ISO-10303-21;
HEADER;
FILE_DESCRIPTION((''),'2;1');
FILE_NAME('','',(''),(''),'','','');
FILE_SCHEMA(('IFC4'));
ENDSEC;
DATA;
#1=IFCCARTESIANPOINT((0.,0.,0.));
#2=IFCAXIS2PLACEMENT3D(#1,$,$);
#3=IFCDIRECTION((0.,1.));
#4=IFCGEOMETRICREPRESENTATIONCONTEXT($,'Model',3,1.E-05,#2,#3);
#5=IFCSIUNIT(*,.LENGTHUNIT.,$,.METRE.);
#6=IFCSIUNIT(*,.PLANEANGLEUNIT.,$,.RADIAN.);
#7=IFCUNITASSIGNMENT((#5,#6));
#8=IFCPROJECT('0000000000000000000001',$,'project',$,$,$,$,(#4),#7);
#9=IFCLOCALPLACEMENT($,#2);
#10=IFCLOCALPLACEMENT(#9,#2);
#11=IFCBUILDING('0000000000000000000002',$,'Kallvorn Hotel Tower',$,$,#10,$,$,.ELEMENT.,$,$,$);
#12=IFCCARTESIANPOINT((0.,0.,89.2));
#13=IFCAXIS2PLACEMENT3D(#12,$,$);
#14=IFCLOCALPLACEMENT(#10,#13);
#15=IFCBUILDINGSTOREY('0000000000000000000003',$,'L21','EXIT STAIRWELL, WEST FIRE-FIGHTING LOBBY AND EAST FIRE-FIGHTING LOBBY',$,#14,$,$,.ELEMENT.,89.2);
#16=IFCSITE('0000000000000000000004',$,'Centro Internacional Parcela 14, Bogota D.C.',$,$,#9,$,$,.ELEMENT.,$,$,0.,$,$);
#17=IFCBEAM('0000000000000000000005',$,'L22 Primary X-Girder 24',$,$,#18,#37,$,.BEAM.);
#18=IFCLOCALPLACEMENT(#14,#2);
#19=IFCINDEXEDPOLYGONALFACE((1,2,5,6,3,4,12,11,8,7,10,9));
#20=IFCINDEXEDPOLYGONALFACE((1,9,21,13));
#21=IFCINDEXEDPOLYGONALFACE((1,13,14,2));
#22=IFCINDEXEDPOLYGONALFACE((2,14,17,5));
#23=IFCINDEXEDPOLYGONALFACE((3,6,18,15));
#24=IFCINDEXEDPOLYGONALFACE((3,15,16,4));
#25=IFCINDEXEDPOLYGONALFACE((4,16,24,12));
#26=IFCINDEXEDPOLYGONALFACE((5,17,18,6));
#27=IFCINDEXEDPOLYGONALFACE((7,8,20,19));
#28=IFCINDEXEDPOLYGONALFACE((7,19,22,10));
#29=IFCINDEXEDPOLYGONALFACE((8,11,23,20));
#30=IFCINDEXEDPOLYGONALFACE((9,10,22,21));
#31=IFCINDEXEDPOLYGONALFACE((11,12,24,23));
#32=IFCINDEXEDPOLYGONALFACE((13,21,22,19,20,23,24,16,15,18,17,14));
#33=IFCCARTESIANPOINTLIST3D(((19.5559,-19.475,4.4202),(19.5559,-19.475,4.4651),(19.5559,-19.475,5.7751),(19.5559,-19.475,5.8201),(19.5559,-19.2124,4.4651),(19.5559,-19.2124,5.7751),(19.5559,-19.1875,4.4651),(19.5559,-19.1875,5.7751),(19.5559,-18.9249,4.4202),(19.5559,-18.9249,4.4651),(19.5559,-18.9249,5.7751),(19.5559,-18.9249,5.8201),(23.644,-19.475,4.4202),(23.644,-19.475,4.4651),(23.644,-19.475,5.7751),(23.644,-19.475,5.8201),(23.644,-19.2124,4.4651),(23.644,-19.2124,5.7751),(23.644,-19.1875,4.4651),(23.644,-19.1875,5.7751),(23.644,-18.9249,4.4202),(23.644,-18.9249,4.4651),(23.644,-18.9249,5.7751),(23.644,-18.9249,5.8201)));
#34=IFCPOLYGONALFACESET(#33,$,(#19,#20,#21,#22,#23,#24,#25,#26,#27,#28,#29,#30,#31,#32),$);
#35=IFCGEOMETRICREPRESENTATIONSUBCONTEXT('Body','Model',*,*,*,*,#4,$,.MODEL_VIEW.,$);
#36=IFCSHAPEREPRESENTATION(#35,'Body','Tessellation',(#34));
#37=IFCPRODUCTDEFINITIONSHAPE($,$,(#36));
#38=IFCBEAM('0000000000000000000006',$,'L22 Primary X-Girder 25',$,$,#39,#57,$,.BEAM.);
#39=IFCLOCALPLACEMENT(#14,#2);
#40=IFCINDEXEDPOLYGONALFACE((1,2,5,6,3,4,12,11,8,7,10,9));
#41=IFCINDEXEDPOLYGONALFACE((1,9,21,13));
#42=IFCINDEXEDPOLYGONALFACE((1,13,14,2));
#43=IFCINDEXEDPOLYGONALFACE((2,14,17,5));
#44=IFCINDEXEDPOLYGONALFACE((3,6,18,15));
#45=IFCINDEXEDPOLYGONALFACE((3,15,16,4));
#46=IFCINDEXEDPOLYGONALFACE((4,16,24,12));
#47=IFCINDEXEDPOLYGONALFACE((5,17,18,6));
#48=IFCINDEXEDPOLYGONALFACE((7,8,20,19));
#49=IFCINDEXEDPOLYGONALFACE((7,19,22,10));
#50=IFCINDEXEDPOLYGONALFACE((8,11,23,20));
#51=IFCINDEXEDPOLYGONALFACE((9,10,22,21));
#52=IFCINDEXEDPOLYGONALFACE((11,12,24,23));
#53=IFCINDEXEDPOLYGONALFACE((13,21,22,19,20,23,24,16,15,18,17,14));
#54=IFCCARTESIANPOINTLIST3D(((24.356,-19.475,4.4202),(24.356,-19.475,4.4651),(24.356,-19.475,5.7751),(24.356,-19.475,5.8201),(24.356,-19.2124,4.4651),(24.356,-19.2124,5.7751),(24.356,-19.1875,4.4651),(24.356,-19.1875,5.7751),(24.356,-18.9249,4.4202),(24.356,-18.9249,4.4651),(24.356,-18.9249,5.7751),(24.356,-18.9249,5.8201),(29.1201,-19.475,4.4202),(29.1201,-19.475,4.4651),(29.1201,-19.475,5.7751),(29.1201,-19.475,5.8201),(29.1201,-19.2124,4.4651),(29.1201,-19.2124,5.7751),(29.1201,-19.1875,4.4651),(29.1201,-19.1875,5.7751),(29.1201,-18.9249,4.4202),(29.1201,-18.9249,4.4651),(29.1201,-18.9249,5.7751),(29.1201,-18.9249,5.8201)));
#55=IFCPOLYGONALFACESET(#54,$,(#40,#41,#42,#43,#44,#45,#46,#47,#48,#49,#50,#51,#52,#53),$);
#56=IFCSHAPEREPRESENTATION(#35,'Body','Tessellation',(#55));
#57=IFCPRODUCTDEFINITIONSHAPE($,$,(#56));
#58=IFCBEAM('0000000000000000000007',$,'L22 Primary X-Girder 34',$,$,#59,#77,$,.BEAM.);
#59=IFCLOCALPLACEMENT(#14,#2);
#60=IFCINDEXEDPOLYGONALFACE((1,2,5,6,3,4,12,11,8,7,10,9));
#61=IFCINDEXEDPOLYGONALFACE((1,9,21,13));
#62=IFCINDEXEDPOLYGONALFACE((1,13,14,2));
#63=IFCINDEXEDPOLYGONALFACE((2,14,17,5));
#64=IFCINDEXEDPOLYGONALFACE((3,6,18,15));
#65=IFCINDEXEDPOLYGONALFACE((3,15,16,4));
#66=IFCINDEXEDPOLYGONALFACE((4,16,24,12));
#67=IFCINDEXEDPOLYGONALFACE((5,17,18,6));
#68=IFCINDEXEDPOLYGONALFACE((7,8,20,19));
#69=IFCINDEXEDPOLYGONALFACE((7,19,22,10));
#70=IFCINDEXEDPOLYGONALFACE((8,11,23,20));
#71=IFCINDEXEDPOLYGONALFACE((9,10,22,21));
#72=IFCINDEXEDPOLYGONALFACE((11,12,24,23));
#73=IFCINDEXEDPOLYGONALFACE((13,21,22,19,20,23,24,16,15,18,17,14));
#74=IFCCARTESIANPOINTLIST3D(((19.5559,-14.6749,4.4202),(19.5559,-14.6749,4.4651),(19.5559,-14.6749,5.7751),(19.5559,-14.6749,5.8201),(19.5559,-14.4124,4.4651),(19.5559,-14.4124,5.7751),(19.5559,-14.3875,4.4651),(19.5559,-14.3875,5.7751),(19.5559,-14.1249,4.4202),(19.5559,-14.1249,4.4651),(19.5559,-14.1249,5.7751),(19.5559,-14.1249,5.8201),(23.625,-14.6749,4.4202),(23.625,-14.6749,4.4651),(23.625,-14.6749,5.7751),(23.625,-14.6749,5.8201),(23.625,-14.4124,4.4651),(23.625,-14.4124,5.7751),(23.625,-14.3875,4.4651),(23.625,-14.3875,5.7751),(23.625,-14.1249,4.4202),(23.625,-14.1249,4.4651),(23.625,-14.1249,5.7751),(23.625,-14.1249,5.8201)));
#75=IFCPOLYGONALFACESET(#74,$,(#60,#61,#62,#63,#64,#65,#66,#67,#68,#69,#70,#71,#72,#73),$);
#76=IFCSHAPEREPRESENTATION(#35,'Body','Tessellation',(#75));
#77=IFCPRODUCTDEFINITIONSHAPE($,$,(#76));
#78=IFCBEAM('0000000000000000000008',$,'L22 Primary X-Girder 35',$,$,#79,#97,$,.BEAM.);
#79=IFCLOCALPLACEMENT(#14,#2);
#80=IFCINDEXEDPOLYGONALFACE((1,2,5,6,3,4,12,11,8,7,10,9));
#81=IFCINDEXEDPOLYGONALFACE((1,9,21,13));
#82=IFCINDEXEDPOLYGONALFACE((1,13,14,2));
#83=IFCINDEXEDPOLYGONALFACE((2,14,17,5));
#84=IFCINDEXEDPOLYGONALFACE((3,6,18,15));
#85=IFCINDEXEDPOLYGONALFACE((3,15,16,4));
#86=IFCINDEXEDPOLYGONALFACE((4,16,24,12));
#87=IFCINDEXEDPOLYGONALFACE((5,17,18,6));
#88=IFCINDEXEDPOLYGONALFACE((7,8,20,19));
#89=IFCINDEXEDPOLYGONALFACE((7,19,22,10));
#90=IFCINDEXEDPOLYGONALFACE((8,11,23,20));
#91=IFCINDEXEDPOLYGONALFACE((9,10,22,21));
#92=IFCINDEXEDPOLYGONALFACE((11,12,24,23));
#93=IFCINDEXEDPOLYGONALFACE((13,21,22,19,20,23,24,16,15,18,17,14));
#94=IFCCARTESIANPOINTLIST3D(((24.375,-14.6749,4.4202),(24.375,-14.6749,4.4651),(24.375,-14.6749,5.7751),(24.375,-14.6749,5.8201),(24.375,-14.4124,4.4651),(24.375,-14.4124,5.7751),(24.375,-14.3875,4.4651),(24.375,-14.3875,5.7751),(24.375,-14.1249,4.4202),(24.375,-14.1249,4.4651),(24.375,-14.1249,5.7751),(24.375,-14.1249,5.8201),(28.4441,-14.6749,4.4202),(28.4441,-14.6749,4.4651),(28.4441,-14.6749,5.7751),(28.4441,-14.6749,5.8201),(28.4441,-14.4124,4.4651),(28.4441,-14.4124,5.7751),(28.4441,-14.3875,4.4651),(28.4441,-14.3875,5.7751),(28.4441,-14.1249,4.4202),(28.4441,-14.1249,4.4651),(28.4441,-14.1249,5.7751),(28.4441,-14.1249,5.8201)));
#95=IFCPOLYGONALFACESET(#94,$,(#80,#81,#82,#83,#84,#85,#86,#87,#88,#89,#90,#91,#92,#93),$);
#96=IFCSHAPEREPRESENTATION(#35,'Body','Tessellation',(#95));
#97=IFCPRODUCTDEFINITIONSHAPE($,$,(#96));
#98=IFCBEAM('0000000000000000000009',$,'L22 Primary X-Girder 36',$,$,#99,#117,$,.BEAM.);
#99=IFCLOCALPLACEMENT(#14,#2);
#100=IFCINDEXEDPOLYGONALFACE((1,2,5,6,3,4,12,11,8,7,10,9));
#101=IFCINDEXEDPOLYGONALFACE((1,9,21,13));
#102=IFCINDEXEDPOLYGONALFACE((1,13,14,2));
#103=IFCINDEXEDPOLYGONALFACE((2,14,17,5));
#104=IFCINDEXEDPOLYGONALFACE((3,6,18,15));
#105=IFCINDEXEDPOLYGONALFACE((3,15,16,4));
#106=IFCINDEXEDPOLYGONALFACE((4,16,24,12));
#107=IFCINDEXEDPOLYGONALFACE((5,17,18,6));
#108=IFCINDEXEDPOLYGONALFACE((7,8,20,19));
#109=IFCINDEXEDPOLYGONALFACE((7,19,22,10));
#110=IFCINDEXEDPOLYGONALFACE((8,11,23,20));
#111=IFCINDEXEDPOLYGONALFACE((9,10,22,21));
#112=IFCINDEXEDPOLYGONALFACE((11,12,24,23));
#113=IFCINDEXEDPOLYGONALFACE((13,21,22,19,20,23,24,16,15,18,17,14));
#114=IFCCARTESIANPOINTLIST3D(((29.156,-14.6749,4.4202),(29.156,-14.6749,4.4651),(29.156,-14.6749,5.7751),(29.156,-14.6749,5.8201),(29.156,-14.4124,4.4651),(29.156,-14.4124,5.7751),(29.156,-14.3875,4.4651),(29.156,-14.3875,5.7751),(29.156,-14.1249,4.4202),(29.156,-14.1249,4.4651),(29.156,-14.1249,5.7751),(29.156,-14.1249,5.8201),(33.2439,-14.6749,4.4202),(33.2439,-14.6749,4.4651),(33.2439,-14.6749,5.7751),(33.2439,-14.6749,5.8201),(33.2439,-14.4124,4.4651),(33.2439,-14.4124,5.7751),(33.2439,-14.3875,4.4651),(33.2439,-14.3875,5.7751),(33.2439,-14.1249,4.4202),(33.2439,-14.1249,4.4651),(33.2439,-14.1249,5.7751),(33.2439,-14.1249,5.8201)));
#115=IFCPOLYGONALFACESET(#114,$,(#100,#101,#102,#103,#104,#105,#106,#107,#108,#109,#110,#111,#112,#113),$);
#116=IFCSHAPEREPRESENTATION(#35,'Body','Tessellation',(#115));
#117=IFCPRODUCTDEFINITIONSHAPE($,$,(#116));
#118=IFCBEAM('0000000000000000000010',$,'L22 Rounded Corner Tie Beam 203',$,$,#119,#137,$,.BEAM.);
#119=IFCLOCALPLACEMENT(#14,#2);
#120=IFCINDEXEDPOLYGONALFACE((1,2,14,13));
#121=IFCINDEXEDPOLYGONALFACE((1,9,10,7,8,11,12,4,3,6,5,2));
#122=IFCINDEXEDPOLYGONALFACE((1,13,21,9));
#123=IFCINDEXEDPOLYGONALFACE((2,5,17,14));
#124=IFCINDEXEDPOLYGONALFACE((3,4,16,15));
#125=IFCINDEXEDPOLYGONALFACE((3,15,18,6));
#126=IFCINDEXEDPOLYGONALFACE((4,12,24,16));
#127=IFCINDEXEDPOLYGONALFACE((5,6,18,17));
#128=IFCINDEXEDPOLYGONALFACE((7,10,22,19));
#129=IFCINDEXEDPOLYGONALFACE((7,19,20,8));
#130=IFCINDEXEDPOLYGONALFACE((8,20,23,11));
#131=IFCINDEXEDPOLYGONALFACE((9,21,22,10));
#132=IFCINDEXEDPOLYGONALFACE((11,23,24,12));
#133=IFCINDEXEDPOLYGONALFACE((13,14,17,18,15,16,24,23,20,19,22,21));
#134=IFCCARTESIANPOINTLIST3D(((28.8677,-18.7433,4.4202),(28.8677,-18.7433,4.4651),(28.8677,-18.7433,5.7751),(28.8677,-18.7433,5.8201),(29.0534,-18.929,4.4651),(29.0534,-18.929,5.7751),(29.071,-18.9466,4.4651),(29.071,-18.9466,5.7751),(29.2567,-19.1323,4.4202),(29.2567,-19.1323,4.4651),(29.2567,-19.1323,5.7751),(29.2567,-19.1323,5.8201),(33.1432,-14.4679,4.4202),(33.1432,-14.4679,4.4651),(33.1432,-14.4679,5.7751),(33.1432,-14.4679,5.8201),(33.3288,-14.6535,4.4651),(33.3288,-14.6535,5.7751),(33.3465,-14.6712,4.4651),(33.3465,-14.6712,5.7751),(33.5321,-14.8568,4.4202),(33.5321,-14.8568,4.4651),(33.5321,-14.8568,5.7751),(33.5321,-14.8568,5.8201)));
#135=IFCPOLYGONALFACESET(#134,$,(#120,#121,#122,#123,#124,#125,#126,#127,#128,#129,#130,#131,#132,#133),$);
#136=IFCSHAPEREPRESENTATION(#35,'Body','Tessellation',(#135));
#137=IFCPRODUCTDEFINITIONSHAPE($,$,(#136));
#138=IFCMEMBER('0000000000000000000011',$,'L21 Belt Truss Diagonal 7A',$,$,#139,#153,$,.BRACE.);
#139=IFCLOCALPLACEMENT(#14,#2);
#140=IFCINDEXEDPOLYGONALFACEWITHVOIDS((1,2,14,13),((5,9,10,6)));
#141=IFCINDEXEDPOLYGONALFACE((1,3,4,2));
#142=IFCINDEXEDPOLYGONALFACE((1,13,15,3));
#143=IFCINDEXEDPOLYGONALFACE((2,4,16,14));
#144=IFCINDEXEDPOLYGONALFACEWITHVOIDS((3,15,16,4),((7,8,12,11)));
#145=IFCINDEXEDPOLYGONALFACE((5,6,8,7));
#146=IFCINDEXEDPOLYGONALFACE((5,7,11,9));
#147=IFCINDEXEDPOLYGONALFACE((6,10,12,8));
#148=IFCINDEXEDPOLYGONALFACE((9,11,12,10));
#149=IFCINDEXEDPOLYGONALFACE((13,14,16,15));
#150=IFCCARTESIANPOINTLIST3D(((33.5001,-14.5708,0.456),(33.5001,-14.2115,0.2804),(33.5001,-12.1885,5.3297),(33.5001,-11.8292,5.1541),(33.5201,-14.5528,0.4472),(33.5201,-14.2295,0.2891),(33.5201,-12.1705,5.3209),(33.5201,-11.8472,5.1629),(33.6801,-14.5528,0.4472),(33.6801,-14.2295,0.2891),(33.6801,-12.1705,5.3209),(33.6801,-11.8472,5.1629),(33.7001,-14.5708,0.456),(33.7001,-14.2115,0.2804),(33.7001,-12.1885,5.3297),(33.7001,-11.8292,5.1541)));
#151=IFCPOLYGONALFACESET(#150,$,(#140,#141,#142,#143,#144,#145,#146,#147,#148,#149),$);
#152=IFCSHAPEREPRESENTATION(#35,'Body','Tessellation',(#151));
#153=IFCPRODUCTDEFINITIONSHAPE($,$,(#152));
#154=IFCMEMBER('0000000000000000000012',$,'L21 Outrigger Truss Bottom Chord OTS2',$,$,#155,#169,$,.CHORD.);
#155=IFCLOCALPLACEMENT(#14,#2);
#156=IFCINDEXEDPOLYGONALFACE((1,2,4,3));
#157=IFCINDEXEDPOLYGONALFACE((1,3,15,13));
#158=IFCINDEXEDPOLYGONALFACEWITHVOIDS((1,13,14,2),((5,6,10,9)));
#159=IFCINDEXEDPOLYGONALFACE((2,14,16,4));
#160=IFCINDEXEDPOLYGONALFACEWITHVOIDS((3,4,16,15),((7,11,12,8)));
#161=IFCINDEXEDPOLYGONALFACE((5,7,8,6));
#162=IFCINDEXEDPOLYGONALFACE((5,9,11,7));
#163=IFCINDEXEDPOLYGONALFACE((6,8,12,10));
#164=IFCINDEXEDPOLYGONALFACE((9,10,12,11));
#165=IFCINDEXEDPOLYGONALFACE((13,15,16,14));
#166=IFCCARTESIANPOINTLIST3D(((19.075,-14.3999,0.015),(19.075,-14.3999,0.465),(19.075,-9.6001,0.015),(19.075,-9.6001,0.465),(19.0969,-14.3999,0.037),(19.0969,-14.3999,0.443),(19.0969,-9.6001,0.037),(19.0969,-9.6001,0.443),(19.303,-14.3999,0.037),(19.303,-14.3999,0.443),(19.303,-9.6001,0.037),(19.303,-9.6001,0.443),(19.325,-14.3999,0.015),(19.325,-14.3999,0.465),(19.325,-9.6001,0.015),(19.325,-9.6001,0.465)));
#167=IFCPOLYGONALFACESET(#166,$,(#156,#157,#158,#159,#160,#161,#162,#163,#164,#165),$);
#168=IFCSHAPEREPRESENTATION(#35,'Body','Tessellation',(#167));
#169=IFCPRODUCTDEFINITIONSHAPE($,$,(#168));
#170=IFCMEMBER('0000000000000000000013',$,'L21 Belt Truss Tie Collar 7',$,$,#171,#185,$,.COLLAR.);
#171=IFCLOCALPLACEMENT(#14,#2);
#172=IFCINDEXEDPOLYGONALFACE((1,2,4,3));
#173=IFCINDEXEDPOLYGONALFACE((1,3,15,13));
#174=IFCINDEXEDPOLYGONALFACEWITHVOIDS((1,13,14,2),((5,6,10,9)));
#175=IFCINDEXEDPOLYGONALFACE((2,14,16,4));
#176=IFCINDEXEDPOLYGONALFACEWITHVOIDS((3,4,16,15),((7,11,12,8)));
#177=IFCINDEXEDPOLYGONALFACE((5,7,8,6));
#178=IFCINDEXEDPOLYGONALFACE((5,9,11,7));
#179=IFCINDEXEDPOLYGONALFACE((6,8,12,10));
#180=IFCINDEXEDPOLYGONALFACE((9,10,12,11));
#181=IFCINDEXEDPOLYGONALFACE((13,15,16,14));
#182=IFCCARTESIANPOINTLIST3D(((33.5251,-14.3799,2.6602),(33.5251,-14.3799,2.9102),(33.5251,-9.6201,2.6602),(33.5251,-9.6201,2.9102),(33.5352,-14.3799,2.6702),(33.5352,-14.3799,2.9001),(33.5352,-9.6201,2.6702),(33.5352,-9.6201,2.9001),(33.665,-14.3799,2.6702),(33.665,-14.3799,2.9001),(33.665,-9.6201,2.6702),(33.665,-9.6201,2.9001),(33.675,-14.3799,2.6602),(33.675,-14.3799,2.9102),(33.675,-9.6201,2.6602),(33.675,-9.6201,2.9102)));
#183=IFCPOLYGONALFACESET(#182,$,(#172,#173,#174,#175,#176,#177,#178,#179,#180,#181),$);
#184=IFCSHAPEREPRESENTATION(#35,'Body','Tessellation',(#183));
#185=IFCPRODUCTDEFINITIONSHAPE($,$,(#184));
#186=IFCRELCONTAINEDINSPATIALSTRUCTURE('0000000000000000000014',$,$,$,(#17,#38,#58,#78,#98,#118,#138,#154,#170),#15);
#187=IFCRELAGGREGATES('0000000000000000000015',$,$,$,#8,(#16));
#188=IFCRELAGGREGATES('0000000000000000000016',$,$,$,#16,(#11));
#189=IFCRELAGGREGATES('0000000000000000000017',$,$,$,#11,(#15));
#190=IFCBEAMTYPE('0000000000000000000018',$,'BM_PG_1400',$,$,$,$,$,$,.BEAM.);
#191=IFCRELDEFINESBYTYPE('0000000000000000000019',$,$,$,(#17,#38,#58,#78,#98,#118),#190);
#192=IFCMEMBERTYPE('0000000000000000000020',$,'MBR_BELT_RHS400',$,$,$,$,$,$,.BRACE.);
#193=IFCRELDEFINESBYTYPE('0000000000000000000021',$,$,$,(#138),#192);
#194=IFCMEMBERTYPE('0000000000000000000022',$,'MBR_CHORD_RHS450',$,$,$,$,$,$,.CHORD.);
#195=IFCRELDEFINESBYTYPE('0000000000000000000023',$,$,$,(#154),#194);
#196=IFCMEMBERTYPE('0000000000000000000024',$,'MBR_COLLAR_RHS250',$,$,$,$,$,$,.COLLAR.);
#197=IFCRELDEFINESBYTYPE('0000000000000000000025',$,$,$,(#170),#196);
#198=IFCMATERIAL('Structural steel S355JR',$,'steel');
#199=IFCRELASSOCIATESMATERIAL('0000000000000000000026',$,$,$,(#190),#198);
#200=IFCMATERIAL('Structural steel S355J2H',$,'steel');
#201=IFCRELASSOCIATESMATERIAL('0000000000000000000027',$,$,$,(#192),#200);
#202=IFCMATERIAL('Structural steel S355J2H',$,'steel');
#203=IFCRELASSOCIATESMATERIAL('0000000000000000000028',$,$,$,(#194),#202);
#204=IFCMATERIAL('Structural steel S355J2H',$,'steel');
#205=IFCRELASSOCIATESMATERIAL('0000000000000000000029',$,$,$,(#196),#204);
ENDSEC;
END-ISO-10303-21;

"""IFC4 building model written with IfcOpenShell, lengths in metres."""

from ifc_helpers import new_model, si_unit, direction, frame, origin, origin_2d, place, context, subcontext, project, spatial, hollow_rectangle, i_section, extrude, material, material_profile, profile_set, type_object, element, save


model = new_model("IFC4")

# Units and contexts
model_context = context("Model", 3, precision=1e-05, world=origin(), true_north=direction((0.0, 1.0)))
body_context = subcontext(model_context, "Body", "Model", "MODEL_VIEW")
ifc_project = project(units=[si_unit("LENGTHUNIT", "METRE"), si_unit("PLANEANGLEUNIT", "RADIAN")], contexts=[model_context])

# Site, building, storey
site_placement = place(None, origin())
site = spatial("IfcSite", under=ifc_project, at=site_placement, Name="Centro Internacional Parcela 14, Bogota D.C.", CompositionType="ELEMENT", RefElevation=0.0)
building_placement = place(site_placement, origin())
building = spatial("IfcBuilding", under=site, at=building_placement, Name="Kallvorn Hotel Tower", CompositionType="ELEMENT")
storey_placement = place(building_placement, frame((0.0, 0.0, 89.2)))
storey = spatial("IfcBuildingStorey", under=building, at=storey_placement, Name="L21", Description="EXIT STAIRWELL, WEST FIRE-FIGHTING LOBBY AND EAST FIRE-FIGHTING LOBBY", CompositionType="ELEMENT", Elevation=89.2)

# Beams
ifc_material_1 = material(Name="Structural steel S355JR", Category="steel")
ifc_material_profile_1 = material_profile(ifc_material_1, i_section(OverallWidth=0.55, OverallDepth=1.3999, WebThickness=0.0249, FlangeThickness=0.0449, at=origin_2d()), Name="PG 1400x550x25x45")
ifc_profile_set_1 = profile_set([ifc_material_profile_1], Name="Structural steel S355JR")
beam_type_1 = type_object("IfcBeamType", Name="BM_PG_1400", PredefinedType="BEAM", material=ifc_profile_set_1)
beam_1_placement = place(storey_placement, frame((19.5559, -19.2, 5.1201), z_axis=(1.0, 0.0, 0.0), x_axis=(0.0, 1.0, 0.0)))
element("IfcBeam", 1, at=beam_1_placement, inside=storey, type_object=beam_type_1, Name="L22 Primary X-Girder 24", PredefinedType="BEAM", context=body_context, shape_type="SweptSolid", body=[
    extrude(i_section(OverallWidth=0.55, OverallDepth=1.3999, WebThickness=0.0249, FlangeThickness=0.0449, at=origin_2d()), origin(), (0.0, 0.0, 1.0), 4.0881),
])
beam_2_placement = place(storey_placement, frame((24.356, -19.2, 5.1201), z_axis=(1.0, 0.0, 0.0), x_axis=(0.0, 1.0, 0.0)))
element("IfcBeam", 2, at=beam_2_placement, inside=storey, type_object=beam_type_1, Name="L22 Primary X-Girder 25", PredefinedType="BEAM", context=body_context, shape_type="SweptSolid", body=[
    extrude(i_section(OverallWidth=0.55, OverallDepth=1.3999, WebThickness=0.0249, FlangeThickness=0.0449, at=origin_2d()), origin(), (0.0, 0.0, 1.0), 4.7642),
])
for number, where, z_axis, x_axis, name in (
    (3, (19.5559, -14.3999, 5.1201), (1.0, 0.0, 0.0), (0.0, 1.0, 0.0), "L22 Primary X-Girder 34"),
    (4, (24.375, -14.3999, 5.1201), (1.0, 0.0, 0.0), (0.0, 1.0, 0.0), "L22 Primary X-Girder 35"),
):
    element("IfcBeam", number, at=place(storey_placement, frame(where, z_axis=z_axis, x_axis=x_axis)), inside=storey, type_object=beam_type_1, Name=name, PredefinedType="BEAM", context=body_context, shape_type="SweptSolid", body=[
        extrude(i_section(OverallWidth=0.55, OverallDepth=1.3999, WebThickness=0.0249, FlangeThickness=0.0449, at=origin_2d()), origin(), (0.0, 0.0, 1.0), 4.0691),
    ])
beam_3_placement = place(storey_placement, frame((29.156, -14.3999, 5.1201), z_axis=(1.0, 0.0, 0.0), x_axis=(0.0, 1.0, 0.0)))
element("IfcBeam", 5, at=beam_3_placement, inside=storey, type_object=beam_type_1, Name="L22 Primary X-Girder 36", PredefinedType="BEAM", context=body_context, shape_type="SweptSolid", body=[
    extrude(i_section(OverallWidth=0.55, OverallDepth=1.3999, WebThickness=0.0249, FlangeThickness=0.0449, at=origin_2d()), origin(), (0.0, 0.0, 1.0), 4.0879),
])
beam_4_placement = place(storey_placement, frame((33.3376, -14.6624, 5.1201), z_axis=(-0.707107, -0.707107, 0.0), x_axis=(0.707107, -0.707107, 0.0)))
element("IfcBeam", 6, at=beam_4_placement, inside=storey, type_object=beam_type_1, Name="L22 Rounded Corner Tie Beam 203", PredefinedType="BEAM", context=body_context, shape_type="SweptSolid", body=[
    extrude(i_section(OverallWidth=0.55, OverallDepth=1.3999, WebThickness=0.0249, FlangeThickness=0.0449, at=origin_2d()), origin(), (0.0, 0.0, 1.0), 6.0464),
])

# Members
ifc_material_2 = material(Name="Structural steel S355J2H", Category="steel")
ifc_material_profile_2 = material_profile(ifc_material_2, hollow_rectangle(XDim=0.2, YDim=0.3999, WallThickness=0.02, at=origin_2d()), Name="RHS 400x200x20")
ifc_profile_set_2 = profile_set([ifc_material_profile_2], Name="Structural steel S355J2H")
member_type_1 = type_object("IfcMemberType", Name="MBR_BELT_RHS400", PredefinedType="BRACE", material=ifc_profile_set_2)
member_1_placement = place(storey_placement, frame((33.6001, -14.3911, 0.3682), z_axis=(0.0, 0.439149, 0.898414), x_axis=(-1.0, 0.0, 0.0)))
element("IfcMember", 7, at=member_1_placement, inside=storey, type_object=member_type_1, Name="L21 Belt Truss Diagonal 7A", PredefinedType="BRACE", context=body_context, shape_type="SweptSolid", body=[
    extrude(hollow_rectangle(XDim=0.2, YDim=0.3999, WallThickness=0.02, at=origin_2d()), origin(), (0.0, 0.0, 1.0), 5.4248),
])
ifc_material_3 = material(Name="Structural steel S355J2H", Category="steel")
ifc_material_profile_3 = material_profile(ifc_material_3, hollow_rectangle(XDim=0.25, YDim=0.45, WallThickness=0.022, at=origin_2d()), Name="RHS 450x250x22")
ifc_profile_set_3 = profile_set([ifc_material_profile_3], Name="Structural steel S355J2H")
member_type_2 = type_object("IfcMemberType", Name="MBR_CHORD_RHS450", PredefinedType="CHORD", material=ifc_profile_set_3)
member_2_placement = place(storey_placement, frame((19.2, -14.3999, 0.24), z_axis=(0.0, 1.0, 0.0), x_axis=(-1.0, 0.0, 0.0)))
element("IfcMember", 8, at=member_2_placement, inside=storey, type_object=member_type_2, Name="L21 Outrigger Truss Bottom Chord OTS2", PredefinedType="CHORD", context=body_context, shape_type="SweptSolid", body=[
    extrude(hollow_rectangle(XDim=0.25, YDim=0.45, WallThickness=0.022, at=origin_2d()), origin(), (0.0, 0.0, 1.0), 4.7998),
])
ifc_material_4 = material(Name="Structural steel S355J2H", Category="steel")
ifc_material_profile_4 = material_profile(ifc_material_4, hollow_rectangle(XDim=0.1499, YDim=0.25, WallThickness=0.01, at=origin_2d()), Name="RHS 250x150x10")
ifc_profile_set_4 = profile_set([ifc_material_profile_4], Name="Structural steel S355J2H")
member_type_3 = type_object("IfcMemberType", Name="MBR_COLLAR_RHS250", PredefinedType="COLLAR", material=ifc_profile_set_4)
member_3_placement = place(storey_placement, frame((33.6001, -14.3799, 2.7852), z_axis=(0.0, 1.0, 0.0), x_axis=(-1.0, 0.0, 0.0)))
element("IfcMember", 9, at=member_3_placement, inside=storey, type_object=member_type_3, Name="L21 Belt Truss Tie Collar 7", PredefinedType="COLLAR", context=body_context, shape_type="SweptSolid", body=[
    extrude(hollow_rectangle(XDim=0.1499, YDim=0.25, WallThickness=0.01, at=origin_2d()), origin(), (0.0, 0.0, 1.0), 4.7598),
])

save(model, "model.ifc")
